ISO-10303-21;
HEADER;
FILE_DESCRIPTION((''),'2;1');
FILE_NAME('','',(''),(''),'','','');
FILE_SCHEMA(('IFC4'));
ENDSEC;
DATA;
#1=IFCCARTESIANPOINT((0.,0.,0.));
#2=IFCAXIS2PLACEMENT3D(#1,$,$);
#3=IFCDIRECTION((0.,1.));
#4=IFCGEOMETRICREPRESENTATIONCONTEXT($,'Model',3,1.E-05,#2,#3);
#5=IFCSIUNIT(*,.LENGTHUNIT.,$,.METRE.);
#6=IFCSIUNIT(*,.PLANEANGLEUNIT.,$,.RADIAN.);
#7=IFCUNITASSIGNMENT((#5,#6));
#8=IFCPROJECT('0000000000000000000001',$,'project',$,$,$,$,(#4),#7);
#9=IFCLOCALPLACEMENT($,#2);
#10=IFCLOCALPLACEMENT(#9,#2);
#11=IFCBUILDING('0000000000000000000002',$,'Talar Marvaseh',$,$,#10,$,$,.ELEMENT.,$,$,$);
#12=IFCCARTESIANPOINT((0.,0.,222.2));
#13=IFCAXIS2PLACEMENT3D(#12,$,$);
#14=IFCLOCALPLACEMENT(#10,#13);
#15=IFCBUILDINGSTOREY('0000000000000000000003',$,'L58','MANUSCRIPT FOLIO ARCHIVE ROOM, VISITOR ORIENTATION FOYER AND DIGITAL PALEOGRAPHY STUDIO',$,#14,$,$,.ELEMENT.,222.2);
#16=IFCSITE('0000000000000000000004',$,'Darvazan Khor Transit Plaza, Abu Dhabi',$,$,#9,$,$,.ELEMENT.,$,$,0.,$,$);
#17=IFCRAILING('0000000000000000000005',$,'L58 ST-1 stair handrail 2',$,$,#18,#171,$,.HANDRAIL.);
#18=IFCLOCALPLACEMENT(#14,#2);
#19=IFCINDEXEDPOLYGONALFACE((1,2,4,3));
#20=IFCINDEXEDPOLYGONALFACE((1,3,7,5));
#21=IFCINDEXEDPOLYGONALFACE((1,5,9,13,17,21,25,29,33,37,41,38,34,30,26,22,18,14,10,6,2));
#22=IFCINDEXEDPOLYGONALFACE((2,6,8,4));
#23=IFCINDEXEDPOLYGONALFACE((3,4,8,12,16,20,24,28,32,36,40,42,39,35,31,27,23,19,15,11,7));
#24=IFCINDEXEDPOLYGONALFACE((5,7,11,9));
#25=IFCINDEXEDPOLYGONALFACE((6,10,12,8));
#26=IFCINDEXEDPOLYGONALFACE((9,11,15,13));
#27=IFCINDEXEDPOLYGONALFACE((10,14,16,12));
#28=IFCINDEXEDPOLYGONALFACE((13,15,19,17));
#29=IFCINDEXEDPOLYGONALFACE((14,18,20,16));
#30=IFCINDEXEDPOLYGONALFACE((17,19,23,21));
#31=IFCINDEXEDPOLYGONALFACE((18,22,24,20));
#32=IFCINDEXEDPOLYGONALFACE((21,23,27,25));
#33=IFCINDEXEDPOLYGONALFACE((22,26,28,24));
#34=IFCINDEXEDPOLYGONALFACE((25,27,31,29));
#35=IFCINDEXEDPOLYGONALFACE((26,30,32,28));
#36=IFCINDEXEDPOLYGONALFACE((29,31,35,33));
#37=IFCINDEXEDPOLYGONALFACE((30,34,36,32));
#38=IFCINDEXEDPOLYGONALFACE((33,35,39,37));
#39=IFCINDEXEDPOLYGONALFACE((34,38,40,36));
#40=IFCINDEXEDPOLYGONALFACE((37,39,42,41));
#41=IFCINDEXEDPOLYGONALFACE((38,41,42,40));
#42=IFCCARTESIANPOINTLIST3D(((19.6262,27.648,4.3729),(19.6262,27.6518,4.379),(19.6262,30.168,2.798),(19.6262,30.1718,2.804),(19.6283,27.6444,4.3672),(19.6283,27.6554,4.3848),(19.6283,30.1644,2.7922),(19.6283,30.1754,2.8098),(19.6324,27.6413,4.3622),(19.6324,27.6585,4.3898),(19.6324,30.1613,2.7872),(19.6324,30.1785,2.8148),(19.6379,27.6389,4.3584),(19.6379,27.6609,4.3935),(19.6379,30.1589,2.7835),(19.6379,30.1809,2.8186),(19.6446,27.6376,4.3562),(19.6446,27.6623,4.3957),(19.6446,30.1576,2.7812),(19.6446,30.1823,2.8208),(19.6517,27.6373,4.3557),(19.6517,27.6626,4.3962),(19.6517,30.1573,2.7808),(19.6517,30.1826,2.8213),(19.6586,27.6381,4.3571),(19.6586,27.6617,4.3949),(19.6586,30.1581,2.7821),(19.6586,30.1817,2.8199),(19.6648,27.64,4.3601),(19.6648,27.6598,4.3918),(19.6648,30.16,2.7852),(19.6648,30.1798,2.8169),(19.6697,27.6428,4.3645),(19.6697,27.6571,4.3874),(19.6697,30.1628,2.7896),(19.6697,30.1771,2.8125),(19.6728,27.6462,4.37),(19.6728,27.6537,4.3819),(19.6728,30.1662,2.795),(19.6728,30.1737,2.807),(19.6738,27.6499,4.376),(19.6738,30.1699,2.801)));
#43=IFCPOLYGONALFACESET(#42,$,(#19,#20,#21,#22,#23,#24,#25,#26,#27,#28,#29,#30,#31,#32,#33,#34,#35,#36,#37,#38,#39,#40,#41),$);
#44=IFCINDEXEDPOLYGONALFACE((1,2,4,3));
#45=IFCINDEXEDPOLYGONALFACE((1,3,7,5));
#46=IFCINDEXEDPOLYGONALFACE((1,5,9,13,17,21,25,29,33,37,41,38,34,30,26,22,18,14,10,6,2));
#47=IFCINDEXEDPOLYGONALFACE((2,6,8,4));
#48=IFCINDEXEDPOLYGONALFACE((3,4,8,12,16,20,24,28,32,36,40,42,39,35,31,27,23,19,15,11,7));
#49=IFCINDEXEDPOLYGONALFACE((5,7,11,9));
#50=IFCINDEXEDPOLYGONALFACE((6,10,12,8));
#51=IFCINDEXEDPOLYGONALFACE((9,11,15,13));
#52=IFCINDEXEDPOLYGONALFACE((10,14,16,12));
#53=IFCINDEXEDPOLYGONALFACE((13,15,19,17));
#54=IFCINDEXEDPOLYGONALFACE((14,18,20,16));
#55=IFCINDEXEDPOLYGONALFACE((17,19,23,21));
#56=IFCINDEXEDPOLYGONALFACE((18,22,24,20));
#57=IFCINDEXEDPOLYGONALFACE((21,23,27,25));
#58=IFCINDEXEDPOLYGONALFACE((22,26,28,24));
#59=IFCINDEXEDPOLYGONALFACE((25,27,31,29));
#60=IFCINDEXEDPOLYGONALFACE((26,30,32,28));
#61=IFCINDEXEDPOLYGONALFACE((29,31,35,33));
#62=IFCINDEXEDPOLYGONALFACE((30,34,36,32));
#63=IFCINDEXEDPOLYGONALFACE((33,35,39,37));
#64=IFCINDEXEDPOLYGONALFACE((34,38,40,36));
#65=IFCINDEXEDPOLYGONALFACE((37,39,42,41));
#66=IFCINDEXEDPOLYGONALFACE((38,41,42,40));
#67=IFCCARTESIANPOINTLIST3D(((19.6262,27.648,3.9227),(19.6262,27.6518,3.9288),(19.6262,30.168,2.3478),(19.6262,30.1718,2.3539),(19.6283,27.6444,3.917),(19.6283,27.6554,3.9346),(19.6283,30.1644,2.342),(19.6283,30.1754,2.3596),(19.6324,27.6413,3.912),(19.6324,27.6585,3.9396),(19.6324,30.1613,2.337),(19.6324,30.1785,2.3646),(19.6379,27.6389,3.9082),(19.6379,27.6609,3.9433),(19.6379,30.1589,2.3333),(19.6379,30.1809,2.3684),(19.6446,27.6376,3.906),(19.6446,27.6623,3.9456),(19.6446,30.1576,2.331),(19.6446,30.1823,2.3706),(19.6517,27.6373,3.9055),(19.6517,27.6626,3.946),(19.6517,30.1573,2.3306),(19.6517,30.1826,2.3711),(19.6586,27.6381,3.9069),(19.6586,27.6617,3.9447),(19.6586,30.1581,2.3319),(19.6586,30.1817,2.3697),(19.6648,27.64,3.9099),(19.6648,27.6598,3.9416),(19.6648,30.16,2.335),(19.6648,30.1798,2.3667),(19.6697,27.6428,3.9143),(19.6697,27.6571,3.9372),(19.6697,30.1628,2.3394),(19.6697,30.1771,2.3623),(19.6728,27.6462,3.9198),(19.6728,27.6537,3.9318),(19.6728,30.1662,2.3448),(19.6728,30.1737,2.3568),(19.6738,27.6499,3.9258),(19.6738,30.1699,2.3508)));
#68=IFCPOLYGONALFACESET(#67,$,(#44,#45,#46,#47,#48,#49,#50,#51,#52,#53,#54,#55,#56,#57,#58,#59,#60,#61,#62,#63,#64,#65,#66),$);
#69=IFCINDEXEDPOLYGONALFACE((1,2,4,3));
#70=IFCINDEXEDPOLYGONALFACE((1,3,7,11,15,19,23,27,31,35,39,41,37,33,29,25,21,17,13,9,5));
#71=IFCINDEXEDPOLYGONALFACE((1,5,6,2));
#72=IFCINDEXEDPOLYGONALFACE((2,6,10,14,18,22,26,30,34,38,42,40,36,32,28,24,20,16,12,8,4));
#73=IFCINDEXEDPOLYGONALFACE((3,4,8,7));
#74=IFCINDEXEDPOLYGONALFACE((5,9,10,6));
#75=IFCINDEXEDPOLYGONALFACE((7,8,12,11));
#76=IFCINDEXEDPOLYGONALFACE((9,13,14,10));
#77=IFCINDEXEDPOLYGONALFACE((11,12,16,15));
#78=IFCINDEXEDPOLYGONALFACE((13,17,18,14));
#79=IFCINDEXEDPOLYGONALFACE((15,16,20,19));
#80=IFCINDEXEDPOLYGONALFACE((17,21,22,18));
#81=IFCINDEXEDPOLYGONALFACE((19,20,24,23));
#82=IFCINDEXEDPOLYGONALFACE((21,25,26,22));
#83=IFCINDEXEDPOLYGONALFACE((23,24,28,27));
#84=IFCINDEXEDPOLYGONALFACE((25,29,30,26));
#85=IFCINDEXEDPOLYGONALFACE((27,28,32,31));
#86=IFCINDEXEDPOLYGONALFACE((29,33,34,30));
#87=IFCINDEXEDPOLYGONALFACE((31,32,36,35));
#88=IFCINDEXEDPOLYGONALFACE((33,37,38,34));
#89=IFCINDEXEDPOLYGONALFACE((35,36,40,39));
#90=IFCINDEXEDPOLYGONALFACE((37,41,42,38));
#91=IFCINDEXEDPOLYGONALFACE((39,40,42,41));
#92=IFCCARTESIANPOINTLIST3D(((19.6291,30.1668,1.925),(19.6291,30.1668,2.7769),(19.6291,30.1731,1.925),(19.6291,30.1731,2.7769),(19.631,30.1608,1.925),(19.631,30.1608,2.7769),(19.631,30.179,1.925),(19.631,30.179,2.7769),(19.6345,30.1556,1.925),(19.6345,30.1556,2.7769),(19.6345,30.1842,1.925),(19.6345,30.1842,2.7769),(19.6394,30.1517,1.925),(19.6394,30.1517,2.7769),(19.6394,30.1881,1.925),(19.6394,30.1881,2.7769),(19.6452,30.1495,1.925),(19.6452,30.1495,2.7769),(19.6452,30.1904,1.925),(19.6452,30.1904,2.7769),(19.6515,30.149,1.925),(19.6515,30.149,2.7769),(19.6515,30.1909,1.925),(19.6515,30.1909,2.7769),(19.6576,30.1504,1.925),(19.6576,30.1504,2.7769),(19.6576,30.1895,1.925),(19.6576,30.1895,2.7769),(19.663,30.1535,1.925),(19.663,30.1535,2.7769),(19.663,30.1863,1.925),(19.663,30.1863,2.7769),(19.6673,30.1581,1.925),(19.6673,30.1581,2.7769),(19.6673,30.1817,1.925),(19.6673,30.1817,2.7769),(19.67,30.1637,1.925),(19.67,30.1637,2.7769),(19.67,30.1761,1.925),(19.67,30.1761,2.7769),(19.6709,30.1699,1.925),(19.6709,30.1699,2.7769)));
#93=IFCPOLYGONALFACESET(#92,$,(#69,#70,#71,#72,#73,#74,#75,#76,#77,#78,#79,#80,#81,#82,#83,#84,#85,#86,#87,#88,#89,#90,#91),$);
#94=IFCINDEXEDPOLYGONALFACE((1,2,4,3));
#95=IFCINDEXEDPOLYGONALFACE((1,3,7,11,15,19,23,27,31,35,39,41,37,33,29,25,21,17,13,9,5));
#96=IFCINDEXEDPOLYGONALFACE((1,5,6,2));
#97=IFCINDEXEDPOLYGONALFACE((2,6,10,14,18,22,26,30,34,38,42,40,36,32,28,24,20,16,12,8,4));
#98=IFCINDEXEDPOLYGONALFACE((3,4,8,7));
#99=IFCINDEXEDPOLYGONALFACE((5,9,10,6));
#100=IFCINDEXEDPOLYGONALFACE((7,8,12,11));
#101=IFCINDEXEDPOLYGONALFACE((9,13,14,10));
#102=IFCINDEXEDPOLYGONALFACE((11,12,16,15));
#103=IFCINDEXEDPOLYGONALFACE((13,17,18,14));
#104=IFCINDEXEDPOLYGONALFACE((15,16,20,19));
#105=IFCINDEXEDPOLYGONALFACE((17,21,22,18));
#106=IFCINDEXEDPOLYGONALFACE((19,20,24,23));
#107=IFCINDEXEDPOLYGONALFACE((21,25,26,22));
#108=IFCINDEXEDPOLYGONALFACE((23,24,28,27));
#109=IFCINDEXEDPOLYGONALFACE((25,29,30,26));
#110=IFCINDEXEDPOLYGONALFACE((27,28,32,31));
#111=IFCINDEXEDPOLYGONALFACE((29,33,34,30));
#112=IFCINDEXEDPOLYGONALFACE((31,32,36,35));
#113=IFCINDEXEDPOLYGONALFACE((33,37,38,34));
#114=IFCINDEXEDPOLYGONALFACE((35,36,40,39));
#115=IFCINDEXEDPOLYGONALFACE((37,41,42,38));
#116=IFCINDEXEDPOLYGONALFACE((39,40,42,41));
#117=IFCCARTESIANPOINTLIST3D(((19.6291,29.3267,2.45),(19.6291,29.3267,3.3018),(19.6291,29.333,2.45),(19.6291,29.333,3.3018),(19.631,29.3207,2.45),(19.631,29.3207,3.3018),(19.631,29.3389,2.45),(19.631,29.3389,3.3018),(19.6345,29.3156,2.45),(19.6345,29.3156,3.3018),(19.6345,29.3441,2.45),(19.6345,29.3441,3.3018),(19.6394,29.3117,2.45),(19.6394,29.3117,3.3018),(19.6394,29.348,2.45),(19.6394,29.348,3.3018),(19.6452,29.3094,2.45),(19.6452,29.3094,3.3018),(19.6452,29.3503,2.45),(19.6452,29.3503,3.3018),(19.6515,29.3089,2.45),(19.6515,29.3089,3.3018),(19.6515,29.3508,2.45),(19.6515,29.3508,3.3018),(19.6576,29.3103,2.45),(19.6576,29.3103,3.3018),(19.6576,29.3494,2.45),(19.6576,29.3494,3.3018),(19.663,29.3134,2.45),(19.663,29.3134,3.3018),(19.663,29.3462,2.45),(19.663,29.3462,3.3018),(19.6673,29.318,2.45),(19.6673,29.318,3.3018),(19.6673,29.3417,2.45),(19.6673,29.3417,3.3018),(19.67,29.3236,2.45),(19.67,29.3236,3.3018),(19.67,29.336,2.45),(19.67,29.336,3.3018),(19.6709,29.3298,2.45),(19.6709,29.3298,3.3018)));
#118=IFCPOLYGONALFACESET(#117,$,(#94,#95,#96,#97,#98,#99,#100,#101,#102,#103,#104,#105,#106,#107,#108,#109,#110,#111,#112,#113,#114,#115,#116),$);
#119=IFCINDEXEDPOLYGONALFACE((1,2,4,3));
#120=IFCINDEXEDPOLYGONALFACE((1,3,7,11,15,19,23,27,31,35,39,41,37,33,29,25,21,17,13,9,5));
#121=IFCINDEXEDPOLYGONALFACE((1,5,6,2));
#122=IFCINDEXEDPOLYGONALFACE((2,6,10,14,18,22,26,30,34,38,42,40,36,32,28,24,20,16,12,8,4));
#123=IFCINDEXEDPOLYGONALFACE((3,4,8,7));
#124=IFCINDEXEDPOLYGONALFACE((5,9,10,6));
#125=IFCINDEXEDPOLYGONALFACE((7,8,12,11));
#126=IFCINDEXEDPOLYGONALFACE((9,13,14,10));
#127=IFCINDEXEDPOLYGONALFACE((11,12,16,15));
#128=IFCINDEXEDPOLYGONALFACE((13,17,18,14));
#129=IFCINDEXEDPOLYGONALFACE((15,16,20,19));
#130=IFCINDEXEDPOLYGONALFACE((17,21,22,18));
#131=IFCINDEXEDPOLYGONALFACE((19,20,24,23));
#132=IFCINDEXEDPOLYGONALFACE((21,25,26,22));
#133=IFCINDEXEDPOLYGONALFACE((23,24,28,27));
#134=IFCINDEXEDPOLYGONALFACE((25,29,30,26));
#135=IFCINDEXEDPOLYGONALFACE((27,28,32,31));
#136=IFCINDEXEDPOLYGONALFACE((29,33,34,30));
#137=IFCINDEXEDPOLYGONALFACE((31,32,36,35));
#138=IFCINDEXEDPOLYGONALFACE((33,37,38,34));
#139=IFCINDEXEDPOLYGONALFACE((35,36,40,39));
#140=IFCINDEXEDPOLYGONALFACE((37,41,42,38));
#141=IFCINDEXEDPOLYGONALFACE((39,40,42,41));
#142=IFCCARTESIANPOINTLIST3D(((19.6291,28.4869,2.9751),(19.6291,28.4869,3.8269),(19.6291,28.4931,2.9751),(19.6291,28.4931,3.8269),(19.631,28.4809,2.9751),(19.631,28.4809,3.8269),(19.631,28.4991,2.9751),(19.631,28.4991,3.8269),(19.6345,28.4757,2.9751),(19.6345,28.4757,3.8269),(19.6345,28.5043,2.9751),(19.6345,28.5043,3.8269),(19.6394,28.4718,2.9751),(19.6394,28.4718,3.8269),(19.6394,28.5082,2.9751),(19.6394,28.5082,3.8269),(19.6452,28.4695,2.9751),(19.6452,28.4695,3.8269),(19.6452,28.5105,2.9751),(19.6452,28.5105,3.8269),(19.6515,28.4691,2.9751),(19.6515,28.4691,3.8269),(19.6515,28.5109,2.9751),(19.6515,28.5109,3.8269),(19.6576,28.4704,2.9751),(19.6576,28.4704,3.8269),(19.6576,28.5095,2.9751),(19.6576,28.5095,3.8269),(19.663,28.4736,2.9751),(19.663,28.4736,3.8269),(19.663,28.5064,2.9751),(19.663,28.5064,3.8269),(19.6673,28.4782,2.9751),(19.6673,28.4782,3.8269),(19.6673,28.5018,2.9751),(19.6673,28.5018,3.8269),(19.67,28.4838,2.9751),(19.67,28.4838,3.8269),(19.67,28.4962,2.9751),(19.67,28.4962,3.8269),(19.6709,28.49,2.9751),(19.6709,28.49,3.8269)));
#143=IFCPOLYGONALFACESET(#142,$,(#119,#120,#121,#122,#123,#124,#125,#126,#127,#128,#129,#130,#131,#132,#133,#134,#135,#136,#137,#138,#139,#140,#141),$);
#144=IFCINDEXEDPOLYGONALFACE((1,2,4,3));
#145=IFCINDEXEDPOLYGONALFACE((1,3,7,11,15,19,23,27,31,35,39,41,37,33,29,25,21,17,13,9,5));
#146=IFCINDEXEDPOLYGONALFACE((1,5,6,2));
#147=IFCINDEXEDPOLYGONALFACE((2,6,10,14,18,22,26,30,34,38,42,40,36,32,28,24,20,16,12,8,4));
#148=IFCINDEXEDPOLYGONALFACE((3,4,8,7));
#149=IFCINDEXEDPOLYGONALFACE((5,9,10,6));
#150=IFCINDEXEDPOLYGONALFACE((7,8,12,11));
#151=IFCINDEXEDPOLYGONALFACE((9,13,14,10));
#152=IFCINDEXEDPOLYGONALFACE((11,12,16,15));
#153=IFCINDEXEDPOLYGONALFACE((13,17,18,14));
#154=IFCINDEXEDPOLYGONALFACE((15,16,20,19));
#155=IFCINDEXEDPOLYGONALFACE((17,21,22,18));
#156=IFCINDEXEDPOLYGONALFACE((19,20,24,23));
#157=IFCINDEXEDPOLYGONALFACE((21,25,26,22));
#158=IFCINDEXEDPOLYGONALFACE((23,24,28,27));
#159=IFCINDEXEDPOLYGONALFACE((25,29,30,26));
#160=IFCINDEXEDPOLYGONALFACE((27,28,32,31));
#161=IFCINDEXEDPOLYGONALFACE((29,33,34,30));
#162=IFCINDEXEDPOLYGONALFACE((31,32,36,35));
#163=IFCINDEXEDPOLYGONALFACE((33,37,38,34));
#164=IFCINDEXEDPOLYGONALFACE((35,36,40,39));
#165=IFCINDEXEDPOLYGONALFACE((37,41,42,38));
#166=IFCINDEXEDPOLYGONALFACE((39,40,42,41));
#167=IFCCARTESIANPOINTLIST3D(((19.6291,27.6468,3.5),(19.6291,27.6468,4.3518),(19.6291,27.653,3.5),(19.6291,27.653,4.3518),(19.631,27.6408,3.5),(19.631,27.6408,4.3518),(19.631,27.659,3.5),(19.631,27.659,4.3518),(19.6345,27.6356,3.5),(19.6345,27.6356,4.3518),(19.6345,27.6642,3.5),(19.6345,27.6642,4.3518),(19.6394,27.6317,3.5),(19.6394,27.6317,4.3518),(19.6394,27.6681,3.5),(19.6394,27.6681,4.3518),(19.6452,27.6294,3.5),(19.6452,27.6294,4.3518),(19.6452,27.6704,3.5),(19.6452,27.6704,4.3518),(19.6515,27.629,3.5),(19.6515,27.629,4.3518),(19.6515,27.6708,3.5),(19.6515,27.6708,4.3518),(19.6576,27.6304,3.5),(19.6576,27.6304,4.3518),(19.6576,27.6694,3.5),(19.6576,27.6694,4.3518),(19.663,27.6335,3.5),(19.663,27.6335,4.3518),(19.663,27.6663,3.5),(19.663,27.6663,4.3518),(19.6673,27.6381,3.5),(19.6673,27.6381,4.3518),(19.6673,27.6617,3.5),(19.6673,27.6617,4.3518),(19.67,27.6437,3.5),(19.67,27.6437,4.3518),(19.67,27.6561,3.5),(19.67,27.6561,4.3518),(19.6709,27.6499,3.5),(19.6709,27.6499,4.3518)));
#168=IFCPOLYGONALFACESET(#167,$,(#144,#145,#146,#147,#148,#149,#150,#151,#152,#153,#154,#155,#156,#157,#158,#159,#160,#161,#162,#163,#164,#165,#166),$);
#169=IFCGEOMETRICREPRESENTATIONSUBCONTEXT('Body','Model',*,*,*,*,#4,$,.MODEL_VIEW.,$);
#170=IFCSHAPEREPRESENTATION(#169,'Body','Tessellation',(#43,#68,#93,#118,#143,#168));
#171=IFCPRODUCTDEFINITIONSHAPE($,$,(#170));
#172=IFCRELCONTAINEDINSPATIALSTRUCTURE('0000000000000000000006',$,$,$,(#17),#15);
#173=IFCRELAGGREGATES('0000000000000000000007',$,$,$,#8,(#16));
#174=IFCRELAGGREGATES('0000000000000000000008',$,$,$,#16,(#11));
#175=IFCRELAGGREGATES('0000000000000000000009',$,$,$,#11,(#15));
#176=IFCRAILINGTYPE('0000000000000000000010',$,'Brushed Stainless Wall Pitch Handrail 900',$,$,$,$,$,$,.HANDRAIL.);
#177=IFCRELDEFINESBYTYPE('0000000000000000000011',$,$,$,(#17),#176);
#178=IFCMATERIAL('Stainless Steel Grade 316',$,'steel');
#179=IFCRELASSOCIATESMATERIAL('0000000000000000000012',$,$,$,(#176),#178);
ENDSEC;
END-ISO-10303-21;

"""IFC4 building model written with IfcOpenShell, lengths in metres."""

from ifc_helpers import new_model, si_unit, direction, frame, origin, origin_2d, place, context, subcontext, project, spatial, circle, extrude, material, type_object, element, save


model = new_model("IFC4")

# Units and contexts
model_context = context("Model", 3, precision=1e-05, world=origin(), true_north=direction((0.0, 1.0)))
body_context = subcontext(model_context, "Body", "Model", "MODEL_VIEW")
ifc_project = project(units=[si_unit("LENGTHUNIT", "METRE"), si_unit("PLANEANGLEUNIT", "RADIAN")], contexts=[model_context])

# Site, building, storey
site_placement = place(None, origin())
site = spatial("IfcSite", under=ifc_project, at=site_placement, Name="Darvazan Khor Transit Plaza, Abu Dhabi", CompositionType="ELEMENT", RefElevation=0.0)
building_placement = place(site_placement, origin())
building = spatial("IfcBuilding", under=site, at=building_placement, Name="Talar Marvaseh", CompositionType="ELEMENT")
storey_placement = place(building_placement, frame((0.0, 0.0, 222.2)))
storey = spatial("IfcBuildingStorey", under=building, at=storey_placement, Name="L58", Description="MANUSCRIPT FOLIO ARCHIVE ROOM, VISITOR ORIENTATION FOYER AND DIGITAL PALEOGRAPHY STUDIO", CompositionType="ELEMENT", Elevation=222.2)

# Railing
ifc_material_1 = material(Name="Stainless Steel Grade 316", Category="steel")
railing_type_1 = type_object("IfcRailingType", Name="Brushed Stainless Wall Pitch Handrail 900", PredefinedType="HANDRAIL", material=ifc_material_1)
railing_1_placement = place(storey_placement, frame((19.6499, 30.1699, 1.925)))
element("IfcRailing", 1, at=railing_1_placement, inside=storey, type_object=railing_type_1, Name="L58 ST-1 stair handrail 2", PredefinedType="HANDRAIL", context=body_context, shape_type="SweptSolid", body=[
    extrude(circle(Radius=0.0239, at=origin_2d()), frame((0.0, 0.0, 0.876), z_axis=(0.0, -0.848008, 0.529984), x_axis=(1.0, 0.0, 0.0)), (0.0, 0.0, 1.0), 2.9717),
    extrude(circle(Radius=0.0239, at=origin_2d()), frame((0.0, 0.0, 0.4258), z_axis=(0.0, -0.848008, 0.529984), x_axis=(1.0, 0.0, 0.0)), (0.0, 0.0, 1.0), 2.9717),
    extrude(circle(Radius=0.021, at=origin_2d()), origin(), (0.0, 0.0, 1.0), 0.8518),
    extrude(circle(Radius=0.021, at=origin_2d()), frame((0.0, -0.8401, 0.5249)), (0.0, 0.0, 1.0), 0.8518),
    extrude(circle(Radius=0.021, at=origin_2d()), frame((0.0, -1.6799, 1.05)), (0.0, 0.0, 1.0), 0.8518),
    extrude(circle(Radius=0.021, at=origin_2d()), frame((0.0, -2.52, 1.575)), (0.0, 0.0, 1.0), 0.8518),
])

save(model, "model.ifc")
